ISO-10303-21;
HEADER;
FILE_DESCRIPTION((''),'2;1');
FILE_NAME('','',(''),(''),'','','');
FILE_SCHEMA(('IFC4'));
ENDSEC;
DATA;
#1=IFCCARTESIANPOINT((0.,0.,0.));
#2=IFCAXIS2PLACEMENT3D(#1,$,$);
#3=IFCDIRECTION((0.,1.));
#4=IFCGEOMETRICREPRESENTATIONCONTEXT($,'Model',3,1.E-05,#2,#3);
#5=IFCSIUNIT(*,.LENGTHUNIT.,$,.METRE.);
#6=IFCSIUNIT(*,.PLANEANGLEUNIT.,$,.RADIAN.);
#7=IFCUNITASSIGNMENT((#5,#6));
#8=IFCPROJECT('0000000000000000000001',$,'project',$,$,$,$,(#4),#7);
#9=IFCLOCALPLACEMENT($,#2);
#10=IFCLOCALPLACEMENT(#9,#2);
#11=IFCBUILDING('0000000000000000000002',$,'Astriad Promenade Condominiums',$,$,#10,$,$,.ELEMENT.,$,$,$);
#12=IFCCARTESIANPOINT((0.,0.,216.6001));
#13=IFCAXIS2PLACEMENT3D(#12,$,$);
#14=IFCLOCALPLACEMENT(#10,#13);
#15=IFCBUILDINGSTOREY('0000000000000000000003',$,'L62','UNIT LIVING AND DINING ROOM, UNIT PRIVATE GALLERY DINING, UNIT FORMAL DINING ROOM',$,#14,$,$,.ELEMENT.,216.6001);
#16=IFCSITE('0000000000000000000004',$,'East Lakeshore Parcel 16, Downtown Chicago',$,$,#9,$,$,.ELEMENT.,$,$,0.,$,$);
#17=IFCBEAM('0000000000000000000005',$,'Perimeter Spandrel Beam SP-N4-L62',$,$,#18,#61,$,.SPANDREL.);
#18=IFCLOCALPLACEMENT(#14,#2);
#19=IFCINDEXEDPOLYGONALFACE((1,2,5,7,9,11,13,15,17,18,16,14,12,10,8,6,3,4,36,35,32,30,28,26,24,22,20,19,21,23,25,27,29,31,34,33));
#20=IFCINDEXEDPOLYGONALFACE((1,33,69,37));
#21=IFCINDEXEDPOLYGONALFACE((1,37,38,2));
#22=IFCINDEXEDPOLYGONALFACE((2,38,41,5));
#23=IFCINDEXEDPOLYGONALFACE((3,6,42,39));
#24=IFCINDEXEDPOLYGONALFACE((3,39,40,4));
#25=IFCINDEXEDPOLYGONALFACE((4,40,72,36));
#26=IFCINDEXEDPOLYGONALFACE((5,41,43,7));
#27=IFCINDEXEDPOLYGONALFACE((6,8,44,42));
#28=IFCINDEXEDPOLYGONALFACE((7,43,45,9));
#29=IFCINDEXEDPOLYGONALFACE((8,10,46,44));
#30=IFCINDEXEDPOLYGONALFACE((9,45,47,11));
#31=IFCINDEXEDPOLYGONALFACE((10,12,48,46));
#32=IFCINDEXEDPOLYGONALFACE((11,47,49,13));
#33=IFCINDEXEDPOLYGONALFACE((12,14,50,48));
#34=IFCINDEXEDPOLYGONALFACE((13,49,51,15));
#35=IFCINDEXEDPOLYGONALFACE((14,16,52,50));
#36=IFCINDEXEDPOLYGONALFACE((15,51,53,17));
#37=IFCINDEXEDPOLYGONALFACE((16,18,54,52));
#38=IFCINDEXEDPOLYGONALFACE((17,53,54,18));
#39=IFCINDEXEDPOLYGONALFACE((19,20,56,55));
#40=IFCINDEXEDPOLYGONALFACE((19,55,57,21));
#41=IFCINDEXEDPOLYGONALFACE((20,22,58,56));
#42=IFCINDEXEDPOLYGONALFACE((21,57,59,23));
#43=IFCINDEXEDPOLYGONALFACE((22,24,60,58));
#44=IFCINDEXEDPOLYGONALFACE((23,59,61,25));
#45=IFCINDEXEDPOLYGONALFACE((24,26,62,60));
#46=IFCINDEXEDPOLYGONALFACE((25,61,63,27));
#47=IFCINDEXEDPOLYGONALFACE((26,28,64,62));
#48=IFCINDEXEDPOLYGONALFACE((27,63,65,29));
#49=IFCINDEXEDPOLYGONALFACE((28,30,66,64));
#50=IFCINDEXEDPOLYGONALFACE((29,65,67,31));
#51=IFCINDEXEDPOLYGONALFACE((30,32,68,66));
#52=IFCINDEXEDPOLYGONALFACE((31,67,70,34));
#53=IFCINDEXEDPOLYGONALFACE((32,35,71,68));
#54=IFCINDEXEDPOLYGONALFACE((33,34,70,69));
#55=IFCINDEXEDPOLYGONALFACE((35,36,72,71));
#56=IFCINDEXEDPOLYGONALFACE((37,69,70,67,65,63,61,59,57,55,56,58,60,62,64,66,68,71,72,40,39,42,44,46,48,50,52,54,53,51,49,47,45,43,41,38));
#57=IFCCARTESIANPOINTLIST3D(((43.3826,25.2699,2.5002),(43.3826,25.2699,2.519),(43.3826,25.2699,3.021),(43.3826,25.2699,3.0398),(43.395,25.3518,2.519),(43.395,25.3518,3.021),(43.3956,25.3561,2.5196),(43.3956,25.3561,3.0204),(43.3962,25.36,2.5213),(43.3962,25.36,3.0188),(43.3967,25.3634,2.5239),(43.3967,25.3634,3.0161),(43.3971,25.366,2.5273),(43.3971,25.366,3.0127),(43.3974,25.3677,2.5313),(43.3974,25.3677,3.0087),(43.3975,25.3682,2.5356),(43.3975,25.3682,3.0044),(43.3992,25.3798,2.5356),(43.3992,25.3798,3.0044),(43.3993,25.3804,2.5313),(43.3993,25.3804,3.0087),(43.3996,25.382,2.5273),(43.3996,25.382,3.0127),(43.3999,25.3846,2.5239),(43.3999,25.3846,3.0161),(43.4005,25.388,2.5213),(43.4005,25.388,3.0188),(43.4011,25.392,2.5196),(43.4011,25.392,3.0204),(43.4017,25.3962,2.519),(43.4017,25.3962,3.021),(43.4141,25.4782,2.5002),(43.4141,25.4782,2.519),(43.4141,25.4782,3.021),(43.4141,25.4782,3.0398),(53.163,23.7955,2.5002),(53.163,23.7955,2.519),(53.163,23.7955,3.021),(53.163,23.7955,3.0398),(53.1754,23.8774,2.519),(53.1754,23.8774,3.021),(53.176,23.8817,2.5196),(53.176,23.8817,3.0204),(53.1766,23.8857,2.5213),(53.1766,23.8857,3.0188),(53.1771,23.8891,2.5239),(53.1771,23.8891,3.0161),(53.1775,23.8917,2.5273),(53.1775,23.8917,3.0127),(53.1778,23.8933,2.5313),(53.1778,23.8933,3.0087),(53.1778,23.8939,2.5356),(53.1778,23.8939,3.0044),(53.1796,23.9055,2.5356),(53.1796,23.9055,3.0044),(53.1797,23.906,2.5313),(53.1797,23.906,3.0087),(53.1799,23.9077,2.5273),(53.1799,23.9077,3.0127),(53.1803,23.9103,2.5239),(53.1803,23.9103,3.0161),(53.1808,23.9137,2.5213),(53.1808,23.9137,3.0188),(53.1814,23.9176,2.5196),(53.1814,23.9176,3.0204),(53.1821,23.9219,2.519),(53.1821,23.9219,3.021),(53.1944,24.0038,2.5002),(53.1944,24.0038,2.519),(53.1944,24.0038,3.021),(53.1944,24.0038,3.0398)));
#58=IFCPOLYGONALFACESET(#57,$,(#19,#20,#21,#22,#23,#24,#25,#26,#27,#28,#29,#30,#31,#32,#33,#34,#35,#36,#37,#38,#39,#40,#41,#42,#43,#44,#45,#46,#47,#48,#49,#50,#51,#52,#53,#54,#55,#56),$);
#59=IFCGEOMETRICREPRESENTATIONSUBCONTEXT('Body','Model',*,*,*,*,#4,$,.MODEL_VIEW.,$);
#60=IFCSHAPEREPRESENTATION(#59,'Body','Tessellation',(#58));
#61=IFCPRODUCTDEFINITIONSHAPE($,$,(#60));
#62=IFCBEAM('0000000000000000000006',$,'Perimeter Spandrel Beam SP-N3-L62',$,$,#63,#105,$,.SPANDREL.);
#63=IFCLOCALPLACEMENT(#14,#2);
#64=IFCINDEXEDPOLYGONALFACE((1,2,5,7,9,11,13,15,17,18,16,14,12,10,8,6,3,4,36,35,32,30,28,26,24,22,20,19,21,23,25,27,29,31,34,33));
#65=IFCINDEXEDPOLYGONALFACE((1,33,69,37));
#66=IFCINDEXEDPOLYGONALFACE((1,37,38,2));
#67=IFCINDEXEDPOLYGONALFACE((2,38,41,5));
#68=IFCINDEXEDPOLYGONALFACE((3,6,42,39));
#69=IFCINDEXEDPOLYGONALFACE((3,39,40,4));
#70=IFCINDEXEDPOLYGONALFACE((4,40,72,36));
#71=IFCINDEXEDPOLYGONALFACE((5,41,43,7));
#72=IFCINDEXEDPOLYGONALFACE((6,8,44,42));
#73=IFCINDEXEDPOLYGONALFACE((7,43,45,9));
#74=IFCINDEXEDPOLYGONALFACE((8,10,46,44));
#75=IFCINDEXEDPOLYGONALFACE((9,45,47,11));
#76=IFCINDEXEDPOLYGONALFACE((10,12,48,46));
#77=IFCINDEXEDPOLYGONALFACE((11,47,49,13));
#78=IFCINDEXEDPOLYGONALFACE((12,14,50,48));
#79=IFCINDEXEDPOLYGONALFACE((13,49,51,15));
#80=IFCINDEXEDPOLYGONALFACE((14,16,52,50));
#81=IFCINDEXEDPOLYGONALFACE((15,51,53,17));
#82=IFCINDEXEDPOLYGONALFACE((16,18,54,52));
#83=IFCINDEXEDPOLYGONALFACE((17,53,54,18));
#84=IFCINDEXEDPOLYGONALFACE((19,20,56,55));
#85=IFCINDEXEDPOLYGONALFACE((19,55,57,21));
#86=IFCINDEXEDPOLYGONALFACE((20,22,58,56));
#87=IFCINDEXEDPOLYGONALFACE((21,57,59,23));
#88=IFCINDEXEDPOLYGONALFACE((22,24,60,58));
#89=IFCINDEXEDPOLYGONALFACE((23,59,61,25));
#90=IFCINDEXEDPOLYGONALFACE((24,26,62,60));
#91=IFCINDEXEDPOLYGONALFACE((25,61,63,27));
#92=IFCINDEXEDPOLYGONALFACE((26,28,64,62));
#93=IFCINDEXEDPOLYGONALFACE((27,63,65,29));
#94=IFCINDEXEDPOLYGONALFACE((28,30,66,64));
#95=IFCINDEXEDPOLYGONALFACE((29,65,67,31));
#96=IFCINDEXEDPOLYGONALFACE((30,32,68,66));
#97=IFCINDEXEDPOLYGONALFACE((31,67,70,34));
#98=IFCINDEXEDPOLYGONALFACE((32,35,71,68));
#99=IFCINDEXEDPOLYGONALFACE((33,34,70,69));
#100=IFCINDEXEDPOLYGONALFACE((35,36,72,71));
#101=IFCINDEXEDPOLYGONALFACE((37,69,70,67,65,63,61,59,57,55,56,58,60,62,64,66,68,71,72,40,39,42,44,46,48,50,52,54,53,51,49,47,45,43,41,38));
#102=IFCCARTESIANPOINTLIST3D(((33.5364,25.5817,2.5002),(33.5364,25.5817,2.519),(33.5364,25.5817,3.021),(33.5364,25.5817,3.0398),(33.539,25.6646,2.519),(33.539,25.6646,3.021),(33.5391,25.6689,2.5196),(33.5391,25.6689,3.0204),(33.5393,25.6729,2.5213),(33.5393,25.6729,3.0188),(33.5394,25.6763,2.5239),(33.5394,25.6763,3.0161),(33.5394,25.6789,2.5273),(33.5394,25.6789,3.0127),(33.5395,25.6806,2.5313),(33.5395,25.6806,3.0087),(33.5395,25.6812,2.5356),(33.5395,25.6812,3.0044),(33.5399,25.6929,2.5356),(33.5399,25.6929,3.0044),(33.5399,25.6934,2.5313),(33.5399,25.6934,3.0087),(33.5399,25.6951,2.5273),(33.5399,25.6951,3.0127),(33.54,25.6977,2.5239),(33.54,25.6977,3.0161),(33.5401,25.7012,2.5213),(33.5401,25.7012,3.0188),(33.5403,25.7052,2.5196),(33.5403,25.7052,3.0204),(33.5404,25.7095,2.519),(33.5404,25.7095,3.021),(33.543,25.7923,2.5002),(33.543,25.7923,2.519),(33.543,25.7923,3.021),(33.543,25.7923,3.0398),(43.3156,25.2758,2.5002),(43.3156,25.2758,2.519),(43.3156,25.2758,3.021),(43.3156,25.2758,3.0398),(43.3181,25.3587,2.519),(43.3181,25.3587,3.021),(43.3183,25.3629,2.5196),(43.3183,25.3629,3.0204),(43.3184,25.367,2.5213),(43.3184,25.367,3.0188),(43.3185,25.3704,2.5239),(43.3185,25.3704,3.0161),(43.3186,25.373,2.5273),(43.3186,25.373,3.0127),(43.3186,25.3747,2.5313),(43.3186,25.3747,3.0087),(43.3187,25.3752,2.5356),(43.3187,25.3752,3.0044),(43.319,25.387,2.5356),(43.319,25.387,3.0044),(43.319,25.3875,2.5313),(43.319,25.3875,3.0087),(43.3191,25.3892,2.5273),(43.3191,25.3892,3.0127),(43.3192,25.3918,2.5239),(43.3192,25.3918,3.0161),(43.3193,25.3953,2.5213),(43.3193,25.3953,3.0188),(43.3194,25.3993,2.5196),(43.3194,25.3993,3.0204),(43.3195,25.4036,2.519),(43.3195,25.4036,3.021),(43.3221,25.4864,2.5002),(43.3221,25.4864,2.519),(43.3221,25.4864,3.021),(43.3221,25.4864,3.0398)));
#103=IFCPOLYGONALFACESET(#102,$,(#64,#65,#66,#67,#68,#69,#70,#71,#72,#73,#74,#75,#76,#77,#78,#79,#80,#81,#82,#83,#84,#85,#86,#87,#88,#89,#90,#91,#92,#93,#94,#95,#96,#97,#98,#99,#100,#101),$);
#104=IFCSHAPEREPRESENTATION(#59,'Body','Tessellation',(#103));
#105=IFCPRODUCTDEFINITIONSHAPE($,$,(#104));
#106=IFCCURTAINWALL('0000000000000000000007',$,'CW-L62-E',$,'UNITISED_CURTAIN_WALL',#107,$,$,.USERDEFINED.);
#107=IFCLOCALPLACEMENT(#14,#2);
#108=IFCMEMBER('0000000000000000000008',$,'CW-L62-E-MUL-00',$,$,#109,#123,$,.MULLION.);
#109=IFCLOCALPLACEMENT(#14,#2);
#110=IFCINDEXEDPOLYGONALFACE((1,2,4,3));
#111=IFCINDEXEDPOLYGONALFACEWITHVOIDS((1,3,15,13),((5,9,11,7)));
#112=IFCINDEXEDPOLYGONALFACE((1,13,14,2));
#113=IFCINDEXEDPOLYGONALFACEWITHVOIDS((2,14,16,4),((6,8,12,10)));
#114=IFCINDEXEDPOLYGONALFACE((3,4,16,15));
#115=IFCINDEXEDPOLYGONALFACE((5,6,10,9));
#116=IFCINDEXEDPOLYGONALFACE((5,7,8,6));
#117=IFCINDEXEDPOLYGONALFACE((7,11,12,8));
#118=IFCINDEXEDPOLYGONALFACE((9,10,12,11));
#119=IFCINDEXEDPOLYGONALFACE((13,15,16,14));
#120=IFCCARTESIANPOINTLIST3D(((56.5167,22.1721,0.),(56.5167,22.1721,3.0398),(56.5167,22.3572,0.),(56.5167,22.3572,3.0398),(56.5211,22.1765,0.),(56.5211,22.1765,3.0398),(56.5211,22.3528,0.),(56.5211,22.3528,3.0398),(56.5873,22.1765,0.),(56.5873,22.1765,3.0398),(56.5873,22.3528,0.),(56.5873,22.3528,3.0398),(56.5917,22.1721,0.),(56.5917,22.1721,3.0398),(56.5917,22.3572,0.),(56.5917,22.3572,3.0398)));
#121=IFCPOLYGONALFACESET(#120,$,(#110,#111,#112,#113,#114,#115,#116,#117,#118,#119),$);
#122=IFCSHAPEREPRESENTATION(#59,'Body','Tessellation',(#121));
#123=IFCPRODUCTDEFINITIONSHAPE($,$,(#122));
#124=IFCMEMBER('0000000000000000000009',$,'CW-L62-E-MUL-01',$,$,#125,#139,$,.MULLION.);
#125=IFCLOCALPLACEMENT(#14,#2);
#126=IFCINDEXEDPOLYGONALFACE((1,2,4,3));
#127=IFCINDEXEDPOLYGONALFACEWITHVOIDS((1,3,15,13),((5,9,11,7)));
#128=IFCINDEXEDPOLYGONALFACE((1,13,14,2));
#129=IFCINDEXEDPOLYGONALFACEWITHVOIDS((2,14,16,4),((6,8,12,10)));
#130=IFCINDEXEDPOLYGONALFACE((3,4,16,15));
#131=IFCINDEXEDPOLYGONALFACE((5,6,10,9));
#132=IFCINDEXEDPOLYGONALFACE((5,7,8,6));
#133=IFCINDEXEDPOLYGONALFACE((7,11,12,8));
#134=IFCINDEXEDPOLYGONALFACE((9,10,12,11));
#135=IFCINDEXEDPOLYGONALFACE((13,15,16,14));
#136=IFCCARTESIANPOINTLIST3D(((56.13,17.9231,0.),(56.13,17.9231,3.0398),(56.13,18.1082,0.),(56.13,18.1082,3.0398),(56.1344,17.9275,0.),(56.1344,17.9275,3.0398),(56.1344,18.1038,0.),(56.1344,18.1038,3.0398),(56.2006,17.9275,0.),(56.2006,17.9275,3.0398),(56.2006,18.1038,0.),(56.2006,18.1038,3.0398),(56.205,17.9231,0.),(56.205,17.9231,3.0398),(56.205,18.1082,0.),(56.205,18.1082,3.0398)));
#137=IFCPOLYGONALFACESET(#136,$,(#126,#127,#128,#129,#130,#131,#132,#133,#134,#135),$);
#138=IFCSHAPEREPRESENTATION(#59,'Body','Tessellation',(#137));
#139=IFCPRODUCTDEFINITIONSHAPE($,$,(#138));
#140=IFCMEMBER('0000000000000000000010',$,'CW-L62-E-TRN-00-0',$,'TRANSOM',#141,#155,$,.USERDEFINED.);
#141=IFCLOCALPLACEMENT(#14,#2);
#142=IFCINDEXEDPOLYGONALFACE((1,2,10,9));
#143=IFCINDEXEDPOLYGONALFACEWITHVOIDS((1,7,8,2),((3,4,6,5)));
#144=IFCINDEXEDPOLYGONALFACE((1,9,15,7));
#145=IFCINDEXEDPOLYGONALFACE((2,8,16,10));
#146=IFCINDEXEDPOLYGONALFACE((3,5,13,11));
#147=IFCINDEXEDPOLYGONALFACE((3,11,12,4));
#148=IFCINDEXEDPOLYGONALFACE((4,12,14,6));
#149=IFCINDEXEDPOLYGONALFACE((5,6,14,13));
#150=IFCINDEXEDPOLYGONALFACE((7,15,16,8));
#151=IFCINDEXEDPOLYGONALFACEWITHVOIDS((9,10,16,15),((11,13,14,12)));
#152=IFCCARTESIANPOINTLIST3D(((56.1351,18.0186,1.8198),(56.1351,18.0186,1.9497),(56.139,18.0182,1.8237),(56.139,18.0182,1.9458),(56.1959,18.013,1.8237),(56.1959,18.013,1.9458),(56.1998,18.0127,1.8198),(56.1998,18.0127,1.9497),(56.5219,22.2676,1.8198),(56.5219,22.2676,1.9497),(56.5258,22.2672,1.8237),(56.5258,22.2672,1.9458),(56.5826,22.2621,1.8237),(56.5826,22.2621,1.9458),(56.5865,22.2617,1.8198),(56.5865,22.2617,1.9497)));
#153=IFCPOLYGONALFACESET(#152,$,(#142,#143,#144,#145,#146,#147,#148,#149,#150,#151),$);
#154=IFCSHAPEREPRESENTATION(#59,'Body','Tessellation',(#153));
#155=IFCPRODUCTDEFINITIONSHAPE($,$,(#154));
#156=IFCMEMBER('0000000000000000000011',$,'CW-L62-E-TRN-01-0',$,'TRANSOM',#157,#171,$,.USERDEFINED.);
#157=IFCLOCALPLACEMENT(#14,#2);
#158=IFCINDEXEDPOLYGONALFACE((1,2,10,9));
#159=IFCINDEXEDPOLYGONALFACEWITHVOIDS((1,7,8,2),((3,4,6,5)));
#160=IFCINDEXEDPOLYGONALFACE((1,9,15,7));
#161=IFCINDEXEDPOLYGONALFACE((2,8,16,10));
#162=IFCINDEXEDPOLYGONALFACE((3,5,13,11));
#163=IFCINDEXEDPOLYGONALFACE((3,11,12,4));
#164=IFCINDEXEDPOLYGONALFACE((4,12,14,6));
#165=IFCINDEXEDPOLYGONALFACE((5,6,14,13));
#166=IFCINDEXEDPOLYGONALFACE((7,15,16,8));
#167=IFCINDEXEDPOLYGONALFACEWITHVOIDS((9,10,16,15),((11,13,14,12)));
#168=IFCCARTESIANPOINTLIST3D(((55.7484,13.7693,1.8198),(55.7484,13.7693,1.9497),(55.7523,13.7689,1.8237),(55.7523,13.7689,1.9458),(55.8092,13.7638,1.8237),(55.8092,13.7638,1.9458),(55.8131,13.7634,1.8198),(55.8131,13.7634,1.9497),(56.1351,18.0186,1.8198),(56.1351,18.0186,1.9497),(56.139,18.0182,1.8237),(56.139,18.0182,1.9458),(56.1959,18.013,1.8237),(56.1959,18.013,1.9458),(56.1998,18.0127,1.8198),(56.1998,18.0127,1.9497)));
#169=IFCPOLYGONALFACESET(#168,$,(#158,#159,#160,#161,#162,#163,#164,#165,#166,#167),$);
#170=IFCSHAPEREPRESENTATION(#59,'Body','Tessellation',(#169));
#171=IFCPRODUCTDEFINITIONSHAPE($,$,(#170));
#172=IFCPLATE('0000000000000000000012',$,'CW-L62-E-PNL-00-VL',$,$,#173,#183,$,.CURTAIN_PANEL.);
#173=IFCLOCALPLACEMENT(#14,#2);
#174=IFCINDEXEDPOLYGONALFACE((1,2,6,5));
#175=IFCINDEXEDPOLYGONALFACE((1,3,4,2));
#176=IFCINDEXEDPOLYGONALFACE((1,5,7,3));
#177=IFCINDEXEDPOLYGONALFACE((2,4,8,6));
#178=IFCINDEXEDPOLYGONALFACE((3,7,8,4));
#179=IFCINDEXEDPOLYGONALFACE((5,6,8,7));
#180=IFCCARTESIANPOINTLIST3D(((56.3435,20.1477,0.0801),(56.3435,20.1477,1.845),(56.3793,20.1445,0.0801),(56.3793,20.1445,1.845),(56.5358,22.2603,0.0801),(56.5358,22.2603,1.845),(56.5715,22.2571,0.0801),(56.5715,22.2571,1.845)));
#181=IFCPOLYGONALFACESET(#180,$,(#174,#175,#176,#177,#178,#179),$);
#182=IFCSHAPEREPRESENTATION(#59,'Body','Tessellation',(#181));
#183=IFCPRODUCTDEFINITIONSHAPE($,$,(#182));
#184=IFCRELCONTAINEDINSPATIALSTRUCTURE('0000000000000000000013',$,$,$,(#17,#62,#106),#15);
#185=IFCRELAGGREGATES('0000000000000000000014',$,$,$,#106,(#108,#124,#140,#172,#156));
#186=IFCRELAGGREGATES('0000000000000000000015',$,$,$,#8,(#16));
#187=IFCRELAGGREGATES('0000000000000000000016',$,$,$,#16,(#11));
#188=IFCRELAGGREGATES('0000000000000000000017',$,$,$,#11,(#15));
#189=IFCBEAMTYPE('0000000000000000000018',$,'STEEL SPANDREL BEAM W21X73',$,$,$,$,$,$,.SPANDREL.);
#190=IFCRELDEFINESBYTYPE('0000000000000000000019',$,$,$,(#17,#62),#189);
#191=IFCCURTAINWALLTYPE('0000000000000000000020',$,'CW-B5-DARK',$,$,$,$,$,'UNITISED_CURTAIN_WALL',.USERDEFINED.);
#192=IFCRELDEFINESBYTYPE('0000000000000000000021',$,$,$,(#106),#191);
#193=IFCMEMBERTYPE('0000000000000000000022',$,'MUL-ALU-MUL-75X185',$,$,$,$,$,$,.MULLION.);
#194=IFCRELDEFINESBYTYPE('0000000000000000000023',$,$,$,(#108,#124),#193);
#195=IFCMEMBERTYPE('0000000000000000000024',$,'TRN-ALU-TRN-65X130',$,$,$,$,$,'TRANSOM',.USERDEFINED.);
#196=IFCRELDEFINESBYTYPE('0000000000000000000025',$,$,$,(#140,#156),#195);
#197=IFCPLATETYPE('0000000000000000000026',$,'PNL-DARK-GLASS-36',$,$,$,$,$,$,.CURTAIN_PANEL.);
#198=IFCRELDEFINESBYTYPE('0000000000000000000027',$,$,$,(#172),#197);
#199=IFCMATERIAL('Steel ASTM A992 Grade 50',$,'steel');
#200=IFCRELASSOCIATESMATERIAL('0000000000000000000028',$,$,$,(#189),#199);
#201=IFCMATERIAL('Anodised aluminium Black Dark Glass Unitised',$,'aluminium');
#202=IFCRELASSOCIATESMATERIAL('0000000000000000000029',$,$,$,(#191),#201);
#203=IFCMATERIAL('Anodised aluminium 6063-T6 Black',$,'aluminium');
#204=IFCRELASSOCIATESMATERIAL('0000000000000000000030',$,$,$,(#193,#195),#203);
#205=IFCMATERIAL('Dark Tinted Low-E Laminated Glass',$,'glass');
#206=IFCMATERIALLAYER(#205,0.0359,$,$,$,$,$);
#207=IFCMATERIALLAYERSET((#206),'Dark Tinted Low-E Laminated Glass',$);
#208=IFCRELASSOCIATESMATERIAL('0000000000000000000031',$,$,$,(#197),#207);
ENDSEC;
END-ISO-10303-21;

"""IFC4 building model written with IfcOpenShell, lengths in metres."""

from ifc_helpers import new_model, si_unit, direction, frame, origin, origin_2d, place, context, subcontext, project, spatial, rectangle, hollow_rectangle, i_section, extrude, source, transform, mapped, material, layer, layer_set, material_profile, profile_set, type_object, type_shapes, element, aggregate, save


model = new_model("IFC4")

# Units and contexts
model_context = context("Model", 3, precision=1e-05, world=origin(), true_north=direction((0.0, 1.0)))
body_context = subcontext(model_context, "Body", "Model", "MODEL_VIEW")
ifc_project = project(units=[si_unit("LENGTHUNIT", "METRE"), si_unit("PLANEANGLEUNIT", "RADIAN")], contexts=[model_context])

# Site, building, storey
site_placement = place(None, origin())
site = spatial("IfcSite", under=ifc_project, at=site_placement, Name="East Lakeshore Parcel 16, Downtown Chicago", CompositionType="ELEMENT", RefElevation=0.0)
building_placement = place(site_placement, origin())
building = spatial("IfcBuilding", under=site, at=building_placement, Name="Astriad Promenade Condominiums", CompositionType="ELEMENT")
storey_placement = place(building_placement, frame((0.0, 0.0, 216.6001)))
storey = spatial("IfcBuildingStorey", under=building, at=storey_placement, Name="L62", Description="UNIT LIVING AND DINING ROOM, UNIT PRIVATE GALLERY DINING, UNIT FORMAL DINING ROOM", CompositionType="ELEMENT", Elevation=216.6001)

# Shared definitions
ifc_material_1 = material(Name="Steel ASTM A992 Grade 50", Category="steel")

# Beams
ifc_material_profile_1 = material_profile(ifc_material_1, i_section(OverallWidth=0.2107, OverallDepth=0.5396, WebThickness=0.0117, FlangeThickness=0.0188, FilletRadius=0.0166, at=origin_2d()), Name="W21X73")
ifc_profile_set_1 = profile_set([ifc_material_profile_1], Name="Steel ASTM A992 Grade 50")
beam_type_1 = type_object("IfcBeamType", Name="STEEL SPANDREL BEAM W21X73", PredefinedType="SPANDREL", material=ifc_profile_set_1)
shared_shape_1 = source(origin(), body_context, "Body", "SweptSolid", [
    extrude(i_section(OverallWidth=0.2107, OverallDepth=0.5396, WebThickness=0.0117, FlangeThickness=0.0188, FilletRadius=0.0166, at=origin_2d()), origin(), (0.0, 0.0, 1.0), 9.8909),
])
beam_1_placement = place(storey_placement, frame((53.1787, 23.8997, 2.77), z_axis=(-0.988827, 0.149065, 0.0), x_axis=(-0.149065, -0.988827, 0.0)))
element("IfcBeam", 1, at=beam_1_placement, inside=storey, type_object=beam_type_1, Name="Perimeter Spandrel Beam SP-N4-L62", PredefinedType="SPANDREL", context=body_context, shape_type="MappedRepresentation", body=[
    mapped(shared_shape_1, transform((0.0, 0.0, 0.0), scale=1.0)),
])
shared_shape_2 = source(origin(), body_context, "Body", "SweptSolid", [
    extrude(i_section(OverallWidth=0.2107, OverallDepth=0.5396, WebThickness=0.0117, FlangeThickness=0.0188, FilletRadius=0.0166, at=origin_2d()), origin(), (0.0, 0.0, 1.0), 9.7839),
])
type_shapes(beam_type_1, [shared_shape_1, shared_shape_2])
beam_2_placement = place(storey_placement, frame((43.3188, 25.3811, 2.77), z_axis=(-0.999511, 0.031267, 0.0), x_axis=(-0.031267, -0.999511, 0.0)))
element("IfcBeam", 2, at=beam_2_placement, inside=storey, type_object=beam_type_1, Name="Perimeter Spandrel Beam SP-N3-L62", PredefinedType="SPANDREL", context=body_context, shape_type="MappedRepresentation", body=[
    mapped(shared_shape_2, transform((0.0, 0.0, 0.0), scale=1.0)),
])

# Curtain wall, members, plate
ifc_material_2 = material(Name="Anodised aluminium Black Dark Glass Unitised", Category="aluminium")
curtain_wall_type = type_object("IfcCurtainWallType", Name="CW-B5-DARK", ElementType="UNITISED_CURTAIN_WALL", PredefinedType="USERDEFINED", material=ifc_material_2)
curtain_wall_placement = place(storey_placement, origin())
curtain_wall = element("IfcCurtainWall", 3, at=curtain_wall_placement, inside=storey, type_object=curtain_wall_type, Name="CW-L62-E", ObjectType="UNITISED_CURTAIN_WALL", PredefinedType="USERDEFINED")
ifc_material_3 = material(Name="Anodised aluminium 6063-T6 Black", Category="aluminium")
ifc_material_profile_2 = material_profile(ifc_material_3, hollow_rectangle(XDim=0.075, YDim=0.1851, WallThickness=0.0044, at=origin_2d()), Name="ALU-MUL-75X185")
ifc_profile_set_2 = profile_set([ifc_material_profile_2], Name="Anodised aluminium 6063-T6 Black")
member_type_1 = type_object("IfcMemberType", Name="MUL-ALU-MUL-75X185", PredefinedType="MULLION", material=ifc_profile_set_2)
shared_shape_3 = source(origin(), body_context, "Body", "SweptSolid", [
    extrude(hollow_rectangle(XDim=0.075, YDim=0.1851, WallThickness=0.0044, at=origin_2d()), origin(), (0.0, 0.0, 1.0), 3.0398),
])
type_shapes(member_type_1, [shared_shape_3])
member_1_placement = place(storey_placement, frame((56.5542, 22.2646, 0.0), z_axis=(0.0, 0.0, 1.0), x_axis=(1.0, 0.0, 0.0)))
member_1 = element("IfcMember", 4, at=member_1_placement, type_object=member_type_1, Name="CW-L62-E-MUL-00", PredefinedType="MULLION", context=body_context, shape_type="MappedRepresentation", body=[
    mapped(shared_shape_3, transform((0.0, 0.0, 0.0), scale=1.0)),
])
member_2_placement = place(storey_placement, frame((56.1675, 18.0156, 0.0), z_axis=(0.0, 0.0, 1.0), x_axis=(1.0, 0.0, 0.0)))
member_2 = element("IfcMember", 5, at=member_2_placement, type_object=member_type_1, Name="CW-L62-E-MUL-01", PredefinedType="MULLION", context=body_context, shape_type="MappedRepresentation", body=[
    mapped(shared_shape_3, transform((0.0, 0.0, 0.0), scale=1.0)),
])
ifc_material_profile_3 = material_profile(ifc_material_3, hollow_rectangle(XDim=0.0649, YDim=0.1299, WallThickness=0.0039, at=origin_2d()), Name="ALU-TRN-65X130")
ifc_profile_set_3 = profile_set([ifc_material_profile_3], Name="Anodised aluminium 6063-T6 Black")
member_type_2 = type_object("IfcMemberType", Name="TRN-ALU-TRN-65X130", ElementType="TRANSOM", PredefinedType="USERDEFINED", material=ifc_profile_set_3)
shared_shape_4 = source(origin(), body_context, "Body", "SweptSolid", [
    extrude(hollow_rectangle(XDim=0.0649, YDim=0.1299, WallThickness=0.0039, at=origin_2d()), origin(), (0.0, 0.0, 1.0), 4.2666),
])
member_3_placement = place(storey_placement, frame((56.5542, 22.2646, 1.8848), z_axis=(-0.090639, -0.995884, 0.0), x_axis=(0.995884, -0.090639, 0.0)))
member_3 = element("IfcMember", 6, at=member_3_placement, type_object=member_type_2, Name="CW-L62-E-TRN-00-0", ObjectType="TRANSOM", PredefinedType="USERDEFINED", context=body_context, shape_type="MappedRepresentation", body=[
    mapped(shared_shape_4, transform((0.0, 0.0, 0.0), scale=1.0)),
])
shared_shape_5 = source(origin(), body_context, "Body", "SweptSolid", [
    extrude(hollow_rectangle(XDim=0.0649, YDim=0.1299, WallThickness=0.0039, at=origin_2d()), origin(), (0.0, 0.0, 1.0), 4.2668),
])
type_shapes(member_type_2, [shared_shape_4, shared_shape_5])
member_4_placement = place(storey_placement, frame((56.1675, 18.0156, 1.8848), z_axis=(-0.090634, -0.995884, 0.0), x_axis=(0.995884, -0.090634, 0.0)))
member_4 = element("IfcMember", 7, at=member_4_placement, type_object=member_type_2, Name="CW-L62-E-TRN-01-0", ObjectType="TRANSOM", PredefinedType="USERDEFINED", context=body_context, shape_type="MappedRepresentation", body=[
    mapped(shared_shape_5, transform((0.0, 0.0, 0.0), scale=1.0)),
])
ifc_material_4 = material(Name="Dark Tinted Low-E Laminated Glass", Category="glass")
ifc_layer_1 = layer(ifc_material_4, 0.0359)
ifc_layer_set_1 = layer_set([ifc_layer_1], Name="Dark Tinted Low-E Laminated Glass")
plate_type = type_object("IfcPlateType", Name="PNL-DARK-GLASS-36", PredefinedType="CURTAIN_PANEL", material=ifc_layer_set_1)
shared_shape_6 = source(origin(), body_context, "Body", "SweptSolid", [
    extrude(rectangle(XDim=2.1213, YDim=0.0359, at=origin_2d()), origin(), (0.0, 0.0, 1.0), 1.7649),
])
plate_1_placement = place(storey_placement, frame((56.4575, 21.2024, 0.0801), z_axis=(0.0, 0.0, 1.0), x_axis=(-0.090633, -0.995884, 0.0)))
plate_1 = element("IfcPlate", 8, at=plate_1_placement, type_object=plate_type, Name="CW-L62-E-PNL-00-VL", PredefinedType="CURTAIN_PANEL", context=body_context, shape_type="MappedRepresentation", body=[
    mapped(shared_shape_6, transform((0.0, 0.0, 0.0), scale=1.0)),
])
aggregate(curtain_wall, [member_1, member_2, member_3, plate_1, member_4])

save(model, "model.ifc")
